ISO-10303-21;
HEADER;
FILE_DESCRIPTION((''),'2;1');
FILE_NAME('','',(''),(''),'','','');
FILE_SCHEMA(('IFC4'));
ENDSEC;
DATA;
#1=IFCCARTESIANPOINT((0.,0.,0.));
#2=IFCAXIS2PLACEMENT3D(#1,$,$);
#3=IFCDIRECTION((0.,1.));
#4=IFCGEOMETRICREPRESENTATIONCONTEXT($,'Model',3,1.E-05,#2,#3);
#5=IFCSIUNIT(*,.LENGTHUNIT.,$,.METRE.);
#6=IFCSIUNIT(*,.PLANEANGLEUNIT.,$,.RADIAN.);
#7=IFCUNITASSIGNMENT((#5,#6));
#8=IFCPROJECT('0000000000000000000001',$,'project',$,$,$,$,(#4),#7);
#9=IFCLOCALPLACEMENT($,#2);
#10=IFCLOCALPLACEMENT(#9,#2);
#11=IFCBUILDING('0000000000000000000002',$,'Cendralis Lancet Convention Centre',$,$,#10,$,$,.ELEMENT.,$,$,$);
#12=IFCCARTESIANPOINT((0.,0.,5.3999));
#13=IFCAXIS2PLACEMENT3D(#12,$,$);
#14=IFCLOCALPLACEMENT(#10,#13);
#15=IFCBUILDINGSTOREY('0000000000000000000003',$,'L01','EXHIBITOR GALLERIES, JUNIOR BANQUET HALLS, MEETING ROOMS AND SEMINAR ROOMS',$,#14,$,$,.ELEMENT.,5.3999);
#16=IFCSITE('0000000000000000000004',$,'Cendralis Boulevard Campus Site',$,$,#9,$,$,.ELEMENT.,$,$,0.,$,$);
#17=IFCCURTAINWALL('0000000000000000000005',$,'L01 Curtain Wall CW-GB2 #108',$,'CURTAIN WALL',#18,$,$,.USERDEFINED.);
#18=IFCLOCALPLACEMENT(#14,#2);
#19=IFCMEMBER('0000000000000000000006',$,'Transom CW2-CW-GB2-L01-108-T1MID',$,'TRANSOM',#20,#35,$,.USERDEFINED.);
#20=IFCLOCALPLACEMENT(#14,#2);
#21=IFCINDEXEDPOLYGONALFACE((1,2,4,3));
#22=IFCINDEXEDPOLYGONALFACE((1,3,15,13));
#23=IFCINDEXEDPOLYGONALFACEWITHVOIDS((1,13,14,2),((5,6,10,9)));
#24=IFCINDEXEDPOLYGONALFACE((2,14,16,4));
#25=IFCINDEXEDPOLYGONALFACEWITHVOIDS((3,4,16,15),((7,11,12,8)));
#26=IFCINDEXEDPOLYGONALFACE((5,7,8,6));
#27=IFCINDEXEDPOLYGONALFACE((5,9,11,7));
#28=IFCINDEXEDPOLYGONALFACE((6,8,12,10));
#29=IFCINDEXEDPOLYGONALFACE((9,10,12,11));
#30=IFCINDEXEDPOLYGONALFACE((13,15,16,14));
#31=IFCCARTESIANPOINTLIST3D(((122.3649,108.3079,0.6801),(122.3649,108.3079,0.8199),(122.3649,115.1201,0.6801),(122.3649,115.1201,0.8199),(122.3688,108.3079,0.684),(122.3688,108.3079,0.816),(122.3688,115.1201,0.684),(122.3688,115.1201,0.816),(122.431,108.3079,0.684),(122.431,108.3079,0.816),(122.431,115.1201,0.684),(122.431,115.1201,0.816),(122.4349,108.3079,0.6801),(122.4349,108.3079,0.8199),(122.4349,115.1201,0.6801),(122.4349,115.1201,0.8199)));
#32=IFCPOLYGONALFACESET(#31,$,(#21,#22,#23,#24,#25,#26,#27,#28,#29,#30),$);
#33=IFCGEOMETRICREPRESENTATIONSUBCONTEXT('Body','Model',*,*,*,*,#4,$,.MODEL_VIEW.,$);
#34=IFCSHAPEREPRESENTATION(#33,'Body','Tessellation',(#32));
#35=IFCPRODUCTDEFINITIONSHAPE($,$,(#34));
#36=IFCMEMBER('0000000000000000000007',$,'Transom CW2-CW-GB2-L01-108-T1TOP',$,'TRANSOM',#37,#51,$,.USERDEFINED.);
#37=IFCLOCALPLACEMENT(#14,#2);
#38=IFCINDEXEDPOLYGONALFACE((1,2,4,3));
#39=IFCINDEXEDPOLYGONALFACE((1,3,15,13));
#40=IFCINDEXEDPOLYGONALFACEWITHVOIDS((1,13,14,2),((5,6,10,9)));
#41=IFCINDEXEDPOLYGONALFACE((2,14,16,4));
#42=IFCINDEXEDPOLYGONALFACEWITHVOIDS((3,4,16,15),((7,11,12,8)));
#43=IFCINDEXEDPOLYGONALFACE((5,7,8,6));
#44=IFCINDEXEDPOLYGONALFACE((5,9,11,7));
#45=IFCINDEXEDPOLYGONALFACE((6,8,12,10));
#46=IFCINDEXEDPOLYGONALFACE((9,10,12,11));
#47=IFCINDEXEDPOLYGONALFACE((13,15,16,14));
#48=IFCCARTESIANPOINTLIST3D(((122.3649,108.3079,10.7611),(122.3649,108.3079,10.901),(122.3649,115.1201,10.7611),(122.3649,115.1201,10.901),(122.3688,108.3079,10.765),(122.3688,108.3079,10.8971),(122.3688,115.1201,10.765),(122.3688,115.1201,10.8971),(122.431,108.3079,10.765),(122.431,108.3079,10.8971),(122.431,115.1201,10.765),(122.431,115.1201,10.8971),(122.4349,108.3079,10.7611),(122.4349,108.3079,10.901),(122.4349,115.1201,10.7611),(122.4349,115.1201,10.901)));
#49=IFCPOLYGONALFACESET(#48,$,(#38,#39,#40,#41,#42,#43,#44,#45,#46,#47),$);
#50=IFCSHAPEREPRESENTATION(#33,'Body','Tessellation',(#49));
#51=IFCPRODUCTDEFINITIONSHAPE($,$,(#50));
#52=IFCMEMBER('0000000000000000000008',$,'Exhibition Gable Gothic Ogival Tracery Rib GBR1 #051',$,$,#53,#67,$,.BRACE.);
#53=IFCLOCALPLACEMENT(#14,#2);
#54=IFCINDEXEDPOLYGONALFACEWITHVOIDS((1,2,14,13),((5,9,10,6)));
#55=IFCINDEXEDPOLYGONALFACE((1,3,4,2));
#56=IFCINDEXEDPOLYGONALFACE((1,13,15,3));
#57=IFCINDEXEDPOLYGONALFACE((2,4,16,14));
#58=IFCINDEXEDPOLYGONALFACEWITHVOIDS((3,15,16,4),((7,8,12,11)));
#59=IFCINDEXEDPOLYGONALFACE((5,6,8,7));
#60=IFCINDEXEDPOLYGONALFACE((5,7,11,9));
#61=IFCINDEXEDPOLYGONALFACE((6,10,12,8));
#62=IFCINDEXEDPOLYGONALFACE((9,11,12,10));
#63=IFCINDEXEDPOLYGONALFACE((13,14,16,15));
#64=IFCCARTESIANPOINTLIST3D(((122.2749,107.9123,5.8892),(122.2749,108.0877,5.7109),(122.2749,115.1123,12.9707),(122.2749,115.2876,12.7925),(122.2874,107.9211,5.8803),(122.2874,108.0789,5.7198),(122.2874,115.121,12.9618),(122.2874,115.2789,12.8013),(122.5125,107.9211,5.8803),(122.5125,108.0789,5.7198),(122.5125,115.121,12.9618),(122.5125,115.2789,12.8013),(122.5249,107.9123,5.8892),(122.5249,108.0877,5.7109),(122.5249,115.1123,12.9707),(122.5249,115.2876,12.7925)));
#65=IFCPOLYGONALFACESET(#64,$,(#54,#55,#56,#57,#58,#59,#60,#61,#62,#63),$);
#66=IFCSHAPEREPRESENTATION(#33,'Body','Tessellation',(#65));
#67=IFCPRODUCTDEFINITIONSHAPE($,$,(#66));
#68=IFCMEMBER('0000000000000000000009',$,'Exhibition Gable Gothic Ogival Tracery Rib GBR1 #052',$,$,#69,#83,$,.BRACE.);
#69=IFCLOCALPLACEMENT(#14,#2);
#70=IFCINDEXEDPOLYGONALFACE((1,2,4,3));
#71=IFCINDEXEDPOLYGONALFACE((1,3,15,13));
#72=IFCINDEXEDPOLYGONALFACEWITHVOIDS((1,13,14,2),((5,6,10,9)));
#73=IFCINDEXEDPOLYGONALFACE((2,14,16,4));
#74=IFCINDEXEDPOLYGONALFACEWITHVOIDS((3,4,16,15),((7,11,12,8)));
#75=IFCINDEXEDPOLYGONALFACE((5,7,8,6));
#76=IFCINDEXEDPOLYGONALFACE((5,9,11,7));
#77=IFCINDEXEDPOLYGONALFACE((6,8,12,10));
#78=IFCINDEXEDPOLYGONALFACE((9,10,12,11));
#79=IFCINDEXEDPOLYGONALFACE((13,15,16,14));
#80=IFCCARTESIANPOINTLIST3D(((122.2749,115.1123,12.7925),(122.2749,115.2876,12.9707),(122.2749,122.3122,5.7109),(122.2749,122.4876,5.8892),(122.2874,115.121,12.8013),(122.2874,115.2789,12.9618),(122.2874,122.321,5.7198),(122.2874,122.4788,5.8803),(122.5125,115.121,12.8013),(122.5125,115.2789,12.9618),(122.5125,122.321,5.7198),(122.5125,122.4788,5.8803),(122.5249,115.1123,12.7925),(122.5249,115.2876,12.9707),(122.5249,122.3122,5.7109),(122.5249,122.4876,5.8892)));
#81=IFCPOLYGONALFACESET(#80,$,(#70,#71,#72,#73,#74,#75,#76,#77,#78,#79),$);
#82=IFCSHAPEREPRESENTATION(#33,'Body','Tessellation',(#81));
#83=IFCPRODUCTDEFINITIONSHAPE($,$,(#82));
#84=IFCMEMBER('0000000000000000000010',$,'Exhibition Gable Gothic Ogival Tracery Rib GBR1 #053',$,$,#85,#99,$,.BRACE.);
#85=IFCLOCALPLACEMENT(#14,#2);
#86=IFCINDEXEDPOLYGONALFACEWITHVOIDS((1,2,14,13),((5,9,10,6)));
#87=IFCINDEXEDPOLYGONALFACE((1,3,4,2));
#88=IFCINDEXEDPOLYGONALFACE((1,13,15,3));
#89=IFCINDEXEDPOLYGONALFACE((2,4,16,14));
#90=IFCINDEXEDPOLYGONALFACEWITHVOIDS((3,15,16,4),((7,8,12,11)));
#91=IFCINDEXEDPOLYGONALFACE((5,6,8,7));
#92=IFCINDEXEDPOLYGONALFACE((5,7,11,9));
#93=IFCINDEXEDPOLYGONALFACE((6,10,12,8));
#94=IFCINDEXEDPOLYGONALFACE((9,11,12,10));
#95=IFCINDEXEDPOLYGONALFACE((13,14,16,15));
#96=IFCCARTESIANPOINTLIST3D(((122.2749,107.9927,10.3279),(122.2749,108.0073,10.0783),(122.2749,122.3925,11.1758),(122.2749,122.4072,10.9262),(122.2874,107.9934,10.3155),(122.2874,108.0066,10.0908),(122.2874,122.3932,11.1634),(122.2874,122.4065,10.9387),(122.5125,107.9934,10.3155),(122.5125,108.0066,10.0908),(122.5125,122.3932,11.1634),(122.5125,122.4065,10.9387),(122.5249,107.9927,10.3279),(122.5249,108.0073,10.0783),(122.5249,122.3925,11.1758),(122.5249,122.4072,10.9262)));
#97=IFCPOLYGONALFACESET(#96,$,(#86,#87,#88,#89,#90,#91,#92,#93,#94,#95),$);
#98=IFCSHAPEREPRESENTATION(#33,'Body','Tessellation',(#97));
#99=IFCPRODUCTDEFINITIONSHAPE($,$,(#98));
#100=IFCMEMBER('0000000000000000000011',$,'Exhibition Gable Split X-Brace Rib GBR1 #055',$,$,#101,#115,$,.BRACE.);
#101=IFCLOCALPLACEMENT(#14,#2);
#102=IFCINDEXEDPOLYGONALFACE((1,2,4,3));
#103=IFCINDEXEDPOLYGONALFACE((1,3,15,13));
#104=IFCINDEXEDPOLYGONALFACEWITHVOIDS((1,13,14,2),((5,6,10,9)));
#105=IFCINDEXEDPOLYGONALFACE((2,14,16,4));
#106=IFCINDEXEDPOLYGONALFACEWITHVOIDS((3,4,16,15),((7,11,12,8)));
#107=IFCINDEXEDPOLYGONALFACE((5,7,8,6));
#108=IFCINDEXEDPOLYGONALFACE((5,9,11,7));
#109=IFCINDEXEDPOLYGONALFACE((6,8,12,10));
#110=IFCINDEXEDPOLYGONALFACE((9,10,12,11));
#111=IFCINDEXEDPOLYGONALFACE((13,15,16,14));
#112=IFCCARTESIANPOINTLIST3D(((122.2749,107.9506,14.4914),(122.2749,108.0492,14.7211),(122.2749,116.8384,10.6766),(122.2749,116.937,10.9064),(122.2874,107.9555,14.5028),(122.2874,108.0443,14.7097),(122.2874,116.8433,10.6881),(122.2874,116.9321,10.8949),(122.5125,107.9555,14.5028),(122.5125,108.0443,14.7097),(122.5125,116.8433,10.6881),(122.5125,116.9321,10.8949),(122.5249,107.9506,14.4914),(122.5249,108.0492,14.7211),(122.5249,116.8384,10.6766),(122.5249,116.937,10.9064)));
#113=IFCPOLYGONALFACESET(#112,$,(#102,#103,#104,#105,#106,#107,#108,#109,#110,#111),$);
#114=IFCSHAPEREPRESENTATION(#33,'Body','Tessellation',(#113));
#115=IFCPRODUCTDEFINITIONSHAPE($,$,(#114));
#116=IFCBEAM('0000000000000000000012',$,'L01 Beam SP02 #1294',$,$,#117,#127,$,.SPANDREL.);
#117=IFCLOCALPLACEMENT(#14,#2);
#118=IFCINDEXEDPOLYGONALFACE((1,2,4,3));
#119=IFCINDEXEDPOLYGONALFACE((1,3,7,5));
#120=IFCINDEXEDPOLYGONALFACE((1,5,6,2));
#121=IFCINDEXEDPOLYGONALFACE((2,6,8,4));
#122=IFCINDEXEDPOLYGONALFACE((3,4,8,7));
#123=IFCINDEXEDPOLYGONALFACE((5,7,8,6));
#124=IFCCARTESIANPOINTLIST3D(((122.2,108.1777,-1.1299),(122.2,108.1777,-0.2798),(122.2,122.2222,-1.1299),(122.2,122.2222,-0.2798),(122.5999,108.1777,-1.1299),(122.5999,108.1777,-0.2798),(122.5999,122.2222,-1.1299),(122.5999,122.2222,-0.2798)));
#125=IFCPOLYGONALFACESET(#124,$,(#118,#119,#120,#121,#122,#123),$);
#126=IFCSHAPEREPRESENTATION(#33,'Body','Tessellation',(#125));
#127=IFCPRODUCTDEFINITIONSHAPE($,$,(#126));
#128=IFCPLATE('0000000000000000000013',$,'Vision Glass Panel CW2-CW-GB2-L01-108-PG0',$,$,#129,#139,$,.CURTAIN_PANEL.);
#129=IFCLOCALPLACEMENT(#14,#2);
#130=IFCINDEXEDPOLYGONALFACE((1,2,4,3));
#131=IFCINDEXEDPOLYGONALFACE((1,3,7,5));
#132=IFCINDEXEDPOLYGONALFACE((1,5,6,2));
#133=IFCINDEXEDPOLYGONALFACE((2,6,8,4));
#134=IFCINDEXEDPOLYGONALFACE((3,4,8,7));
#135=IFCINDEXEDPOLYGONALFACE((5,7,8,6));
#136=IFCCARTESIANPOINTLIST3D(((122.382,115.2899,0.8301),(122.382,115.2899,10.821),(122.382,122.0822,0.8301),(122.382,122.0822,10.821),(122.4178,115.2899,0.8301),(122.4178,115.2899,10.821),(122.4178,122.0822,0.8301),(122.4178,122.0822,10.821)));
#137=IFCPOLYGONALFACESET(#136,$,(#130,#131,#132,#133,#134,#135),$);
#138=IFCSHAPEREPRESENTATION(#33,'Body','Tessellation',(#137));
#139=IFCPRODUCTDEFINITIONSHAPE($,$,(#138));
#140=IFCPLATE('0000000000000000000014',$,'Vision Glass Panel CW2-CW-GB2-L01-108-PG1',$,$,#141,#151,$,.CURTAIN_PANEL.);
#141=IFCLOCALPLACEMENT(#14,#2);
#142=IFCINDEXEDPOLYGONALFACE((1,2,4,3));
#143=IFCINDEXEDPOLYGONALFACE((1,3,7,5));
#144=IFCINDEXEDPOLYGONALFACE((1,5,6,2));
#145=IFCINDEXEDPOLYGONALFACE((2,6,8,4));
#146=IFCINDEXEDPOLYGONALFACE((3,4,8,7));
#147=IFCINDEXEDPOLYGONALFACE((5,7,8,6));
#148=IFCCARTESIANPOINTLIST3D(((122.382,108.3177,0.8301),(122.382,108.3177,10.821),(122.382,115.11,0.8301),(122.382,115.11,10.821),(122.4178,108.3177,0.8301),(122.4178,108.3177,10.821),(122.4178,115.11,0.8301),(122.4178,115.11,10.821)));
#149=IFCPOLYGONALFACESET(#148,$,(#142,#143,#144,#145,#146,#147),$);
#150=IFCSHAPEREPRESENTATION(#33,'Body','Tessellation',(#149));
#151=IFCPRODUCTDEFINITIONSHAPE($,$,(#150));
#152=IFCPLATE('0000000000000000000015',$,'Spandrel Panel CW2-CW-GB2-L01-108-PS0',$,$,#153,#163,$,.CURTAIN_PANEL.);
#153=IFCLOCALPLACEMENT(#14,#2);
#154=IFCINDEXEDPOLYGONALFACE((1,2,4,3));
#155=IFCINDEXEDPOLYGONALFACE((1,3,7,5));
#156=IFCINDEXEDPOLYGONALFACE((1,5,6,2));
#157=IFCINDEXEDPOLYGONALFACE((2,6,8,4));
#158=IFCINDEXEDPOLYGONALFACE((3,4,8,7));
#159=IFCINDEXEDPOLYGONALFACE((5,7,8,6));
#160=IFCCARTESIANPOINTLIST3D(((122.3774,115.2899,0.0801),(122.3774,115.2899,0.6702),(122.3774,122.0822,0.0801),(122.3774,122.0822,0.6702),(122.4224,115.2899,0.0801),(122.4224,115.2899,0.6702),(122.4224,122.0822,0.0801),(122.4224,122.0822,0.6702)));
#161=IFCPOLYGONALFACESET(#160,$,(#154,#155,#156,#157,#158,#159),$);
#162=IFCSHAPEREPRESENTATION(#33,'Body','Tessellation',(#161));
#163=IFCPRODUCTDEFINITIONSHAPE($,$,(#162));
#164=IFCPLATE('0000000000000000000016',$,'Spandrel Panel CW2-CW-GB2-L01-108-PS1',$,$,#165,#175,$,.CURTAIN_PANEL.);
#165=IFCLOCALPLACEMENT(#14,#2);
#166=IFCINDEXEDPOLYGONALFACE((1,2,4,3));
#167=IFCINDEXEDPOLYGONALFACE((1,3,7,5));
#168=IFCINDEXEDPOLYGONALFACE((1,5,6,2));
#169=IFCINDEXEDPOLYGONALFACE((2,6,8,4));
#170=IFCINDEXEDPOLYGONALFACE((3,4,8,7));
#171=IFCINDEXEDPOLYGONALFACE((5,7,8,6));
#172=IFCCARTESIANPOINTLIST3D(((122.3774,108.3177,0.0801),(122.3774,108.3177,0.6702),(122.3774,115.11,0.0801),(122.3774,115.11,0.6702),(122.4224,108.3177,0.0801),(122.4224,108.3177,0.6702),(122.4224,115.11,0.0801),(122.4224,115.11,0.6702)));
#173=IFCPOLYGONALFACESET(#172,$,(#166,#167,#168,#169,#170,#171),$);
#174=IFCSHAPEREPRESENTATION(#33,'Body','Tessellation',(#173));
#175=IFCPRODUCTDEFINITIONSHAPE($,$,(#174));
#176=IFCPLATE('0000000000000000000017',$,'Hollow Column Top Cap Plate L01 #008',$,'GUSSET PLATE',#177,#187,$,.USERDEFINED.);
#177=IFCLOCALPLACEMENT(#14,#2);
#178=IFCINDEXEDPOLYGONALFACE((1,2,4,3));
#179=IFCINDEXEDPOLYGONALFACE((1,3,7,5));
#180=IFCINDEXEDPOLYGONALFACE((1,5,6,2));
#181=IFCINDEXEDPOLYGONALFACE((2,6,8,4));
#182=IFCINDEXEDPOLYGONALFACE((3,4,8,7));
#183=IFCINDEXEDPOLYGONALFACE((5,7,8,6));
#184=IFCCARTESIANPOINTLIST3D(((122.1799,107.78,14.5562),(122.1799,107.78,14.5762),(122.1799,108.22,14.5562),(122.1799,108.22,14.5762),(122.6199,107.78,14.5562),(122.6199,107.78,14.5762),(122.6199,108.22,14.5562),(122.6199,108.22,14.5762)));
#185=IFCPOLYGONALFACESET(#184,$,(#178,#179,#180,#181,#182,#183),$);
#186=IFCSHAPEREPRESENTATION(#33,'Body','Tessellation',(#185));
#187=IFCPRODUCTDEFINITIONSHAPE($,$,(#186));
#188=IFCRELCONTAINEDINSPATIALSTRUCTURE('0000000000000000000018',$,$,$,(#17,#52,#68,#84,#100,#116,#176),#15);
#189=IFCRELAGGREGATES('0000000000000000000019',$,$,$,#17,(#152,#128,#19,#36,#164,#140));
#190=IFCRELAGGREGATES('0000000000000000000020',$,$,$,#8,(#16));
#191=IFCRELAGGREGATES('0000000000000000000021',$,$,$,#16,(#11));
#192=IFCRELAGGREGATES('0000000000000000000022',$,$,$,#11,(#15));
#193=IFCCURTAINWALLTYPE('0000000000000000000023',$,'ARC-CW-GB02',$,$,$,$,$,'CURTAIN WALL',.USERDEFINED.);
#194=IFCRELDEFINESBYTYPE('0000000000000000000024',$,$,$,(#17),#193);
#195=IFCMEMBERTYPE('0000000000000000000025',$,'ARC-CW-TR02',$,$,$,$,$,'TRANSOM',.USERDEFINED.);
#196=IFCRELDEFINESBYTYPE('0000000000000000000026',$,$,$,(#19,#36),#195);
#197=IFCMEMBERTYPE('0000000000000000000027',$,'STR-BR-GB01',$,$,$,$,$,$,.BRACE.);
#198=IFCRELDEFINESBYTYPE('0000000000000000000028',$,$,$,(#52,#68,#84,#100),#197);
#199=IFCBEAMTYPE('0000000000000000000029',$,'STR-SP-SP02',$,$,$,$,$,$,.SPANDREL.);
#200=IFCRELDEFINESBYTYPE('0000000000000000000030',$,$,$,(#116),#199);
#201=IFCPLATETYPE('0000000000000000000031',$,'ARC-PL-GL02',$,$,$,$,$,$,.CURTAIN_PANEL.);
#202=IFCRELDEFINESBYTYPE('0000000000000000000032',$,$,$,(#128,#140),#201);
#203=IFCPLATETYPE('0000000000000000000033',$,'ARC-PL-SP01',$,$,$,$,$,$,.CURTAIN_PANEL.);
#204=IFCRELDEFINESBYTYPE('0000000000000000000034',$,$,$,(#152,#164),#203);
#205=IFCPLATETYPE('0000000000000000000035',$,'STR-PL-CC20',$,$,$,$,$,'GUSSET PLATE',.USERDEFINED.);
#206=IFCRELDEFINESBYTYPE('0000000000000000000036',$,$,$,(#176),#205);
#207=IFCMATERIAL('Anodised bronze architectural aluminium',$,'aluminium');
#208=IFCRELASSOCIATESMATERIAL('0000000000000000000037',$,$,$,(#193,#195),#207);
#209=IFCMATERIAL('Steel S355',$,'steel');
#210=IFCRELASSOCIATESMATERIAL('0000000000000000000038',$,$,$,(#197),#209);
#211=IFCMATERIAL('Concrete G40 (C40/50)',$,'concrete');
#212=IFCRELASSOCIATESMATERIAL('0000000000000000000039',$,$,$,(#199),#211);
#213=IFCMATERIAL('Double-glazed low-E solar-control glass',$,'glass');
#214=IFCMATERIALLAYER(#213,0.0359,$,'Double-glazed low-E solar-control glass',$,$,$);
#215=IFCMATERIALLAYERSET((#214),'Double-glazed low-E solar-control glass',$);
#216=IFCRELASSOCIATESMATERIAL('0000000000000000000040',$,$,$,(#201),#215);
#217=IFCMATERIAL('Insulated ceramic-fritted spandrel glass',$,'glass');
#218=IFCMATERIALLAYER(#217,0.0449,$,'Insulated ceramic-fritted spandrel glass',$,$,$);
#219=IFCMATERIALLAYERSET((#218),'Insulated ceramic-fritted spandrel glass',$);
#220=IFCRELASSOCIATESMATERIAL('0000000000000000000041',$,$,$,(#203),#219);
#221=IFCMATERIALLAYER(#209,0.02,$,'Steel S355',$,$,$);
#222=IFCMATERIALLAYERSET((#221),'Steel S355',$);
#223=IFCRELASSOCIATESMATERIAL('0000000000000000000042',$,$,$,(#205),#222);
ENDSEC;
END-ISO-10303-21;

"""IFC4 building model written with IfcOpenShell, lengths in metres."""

from ifc_helpers import new_model, si_unit, direction, frame, origin, origin_2d, place, context, subcontext, project, spatial, rectangle, hollow_rectangle, extrude, material, layer, layer_set, material_profile, profile_set, type_object, element, aggregate, save


model = new_model("IFC4")

# Units and contexts
model_context = context("Model", 3, precision=1e-05, world=origin(), true_north=direction((0.0, 1.0)))
body_context = subcontext(model_context, "Body", "Model", "MODEL_VIEW")
ifc_project = project(units=[si_unit("LENGTHUNIT", "METRE"), si_unit("PLANEANGLEUNIT", "RADIAN")], contexts=[model_context])

# Site, building, storey
site_placement = place(None, origin())
site = spatial("IfcSite", under=ifc_project, at=site_placement, Name="Cendralis Boulevard Campus Site", CompositionType="ELEMENT", RefElevation=0.0)
building_placement = place(site_placement, origin())
building = spatial("IfcBuilding", under=site, at=building_placement, Name="Cendralis Lancet Convention Centre", CompositionType="ELEMENT")
storey_placement = place(building_placement, frame((0.0, 0.0, 5.3999)))
storey = spatial("IfcBuildingStorey", under=building, at=storey_placement, Name="L01", Description="EXHIBITOR GALLERIES, JUNIOR BANQUET HALLS, MEETING ROOMS AND SEMINAR ROOMS", CompositionType="ELEMENT", Elevation=5.3999)

# Shared definitions
ifc_material_1 = material(Name="Steel S355", Category="steel")

# Curtain wall, members
ifc_material_2 = material(Name="Anodised bronze architectural aluminium", Category="aluminium")
curtain_wall_type = type_object("IfcCurtainWallType", Name="ARC-CW-GB02", ElementType="CURTAIN WALL", PredefinedType="USERDEFINED", material=ifc_material_2)
curtain_wall_placement = place(storey_placement, origin())
curtain_wall = element("IfcCurtainWall", 1, at=curtain_wall_placement, inside=storey, type_object=curtain_wall_type, Name="L01 Curtain Wall CW-GB2 #108", ObjectType="CURTAIN WALL", PredefinedType="USERDEFINED")
ifc_material_profile_1 = material_profile(ifc_material_2, hollow_rectangle(XDim=0.0701, YDim=0.1399, WallThickness=0.0039, at=origin_2d()), Name="AL-TRAN 70x140x4.0")
ifc_profile_set_1 = profile_set([ifc_material_profile_1], Name="Anodised bronze architectural aluminium")
member_type_1 = type_object("IfcMemberType", Name="ARC-CW-TR02", ElementType="TRANSOM", PredefinedType="USERDEFINED", material=ifc_profile_set_1)
member_1_placement = place(storey_placement, frame((122.3999, 115.1201, 0.75), z_axis=(0.0, -1.0, 0.0), x_axis=(1.0, 0.0, 0.0)))
member_1 = element("IfcMember", 2, at=member_1_placement, type_object=member_type_1, Name="Transom CW2-CW-GB2-L01-108-T1MID", ObjectType="TRANSOM", PredefinedType="USERDEFINED", context=body_context, shape_type="SweptSolid", body=[
    extrude(hollow_rectangle(XDim=0.0701, YDim=0.1399, WallThickness=0.0039, at=origin_2d()), origin(), (0.0, 0.0, 1.0), 6.8123),
])
member_2_placement = place(storey_placement, frame((122.3999, 115.1201, 10.8311), z_axis=(0.0, -1.0, 0.0), x_axis=(1.0, 0.0, 0.0)))
member_2 = element("IfcMember", 3, at=member_2_placement, type_object=member_type_1, Name="Transom CW2-CW-GB2-L01-108-T1TOP", ObjectType="TRANSOM", PredefinedType="USERDEFINED", context=body_context, shape_type="SweptSolid", body=[
    extrude(hollow_rectangle(XDim=0.0701, YDim=0.1399, WallThickness=0.0039, at=origin_2d()), origin(), (0.0, 0.0, 1.0), 6.8123),
])

# Members
ifc_material_profile_2 = material_profile(ifc_material_1, hollow_rectangle(XDim=0.25, YDim=0.25, WallThickness=0.0125, at=origin_2d()), Name="SHS 250x250x12.5")
ifc_profile_set_2 = profile_set([ifc_material_profile_2], Name="Steel S355")
member_type_2 = type_object("IfcMemberType", Name="STR-BR-GB01", PredefinedType="BRACE", material=ifc_profile_set_2)
for number, where, z_axis, x_axis, name in (
    (4, (122.3999, 108.0, 5.8), (0.0, 0.712945, 0.70122), (-1.0, 0.0, 0.0), "Exhibition Gable Gothic Ogival Tracery Rib GBR1 #051"),
    (5, (122.3999, 122.3999, 5.8), (0.0, -0.712945, 0.70122), (1.0, 0.0, 0.0), "Exhibition Gable Gothic Ogival Tracery Rib GBR1 #052"),
):
    element("IfcMember", number, at=place(storey_placement, frame(where, z_axis=z_axis, x_axis=x_axis)), inside=storey, type_object=member_type_2, Name=name, PredefinedType="BRACE", context=body_context, shape_type="SweptSolid", body=[
        extrude(hollow_rectangle(XDim=0.25, YDim=0.25, WallThickness=0.0125, at=origin_2d()), origin(), (0.0, 0.0, 1.0), 10.0989),
    ])
member_3_placement = place(storey_placement, frame((122.3999, 108.0, 10.2031), z_axis=(0.0, 0.998271, 0.058781), x_axis=(-1.0, 0.0, 0.0)))
element("IfcMember", 6, at=member_3_placement, inside=storey, type_object=member_type_2, Name="Exhibition Gable Gothic Ogival Tracery Rib GBR1 #053", PredefinedType="BRACE", context=body_context, shape_type="SweptSolid", body=[
    extrude(hollow_rectangle(XDim=0.25, YDim=0.25, WallThickness=0.0125, at=origin_2d()), origin(), (0.0, 0.0, 1.0), 14.4248),
])
member_4_placement = place(storey_placement, frame((122.3999, 116.8877, 10.7915), z_axis=(0.0, -0.918932, 0.394416), x_axis=(1.0, 0.0, 0.0)))
element("IfcMember", 7, at=member_4_placement, inside=storey, type_object=member_type_2, Name="Exhibition Gable Split X-Brace Rib GBR1 #055", PredefinedType="BRACE", context=body_context, shape_type="SweptSolid", body=[
    extrude(hollow_rectangle(XDim=0.25, YDim=0.25, WallThickness=0.0125, at=origin_2d()), origin(), (0.0, 0.0, 1.0), 9.6719),
])

# Beam
ifc_material_3 = material(Name="Concrete G40 (C40/50)", Category="concrete")
ifc_material_profile_3 = material_profile(ifc_material_3, rectangle(XDim=0.3999, YDim=0.8501, at=origin_2d()), Name="RCB 400x850")
ifc_profile_set_3 = profile_set([ifc_material_profile_3], Name="Concrete G40 (C40/50)")
beam_type = type_object("IfcBeamType", Name="STR-SP-SP02", PredefinedType="SPANDREL", material=ifc_profile_set_3)
beam_placement = place(storey_placement, frame((122.3999, 108.1777, -0.7048), z_axis=(0.0, 1.0, 0.0), x_axis=(-1.0, 0.0, 0.0)))
element("IfcBeam", 8, at=beam_placement, inside=storey, type_object=beam_type, Name="L01 Beam SP02 #1294", PredefinedType="SPANDREL", context=body_context, shape_type="SweptSolid", body=[
    extrude(rectangle(XDim=0.3999, YDim=0.8501, at=origin_2d()), origin(), (0.0, 0.0, 1.0), 14.0444),
])

# Plates
ifc_material_4 = material(Name="Double-glazed low-E solar-control glass", Category="glass")
ifc_layer_1 = layer(ifc_material_4, 0.0359, Name="Double-glazed low-E solar-control glass")
ifc_layer_set_1 = layer_set([ifc_layer_1], Name="Double-glazed low-E solar-control glass")
plate_type_1 = type_object("IfcPlateType", Name="ARC-PL-GL02", PredefinedType="CURTAIN_PANEL", material=ifc_layer_set_1)
plate_1_placement = place(storey_placement, frame((122.3999, 118.686, 0.8301), z_axis=(0.0, 0.0, 1.0), x_axis=(0.0, -1.0, 0.0)))
plate_1 = element("IfcPlate", 9, at=plate_1_placement, type_object=plate_type_1, Name="Vision Glass Panel CW2-CW-GB2-L01-108-PG0", PredefinedType="CURTAIN_PANEL", context=body_context, shape_type="SweptSolid", body=[
    extrude(rectangle(XDim=6.7922, YDim=0.0359, at=origin_2d()), origin(), (0.0, 0.0, 1.0), 9.991),
])
plate_2_placement = place(storey_placement, frame((122.3999, 111.7139, 0.8301), z_axis=(0.0, 0.0, 1.0), x_axis=(0.0, -1.0, 0.0)))
plate_2 = element("IfcPlate", 10, at=plate_2_placement, type_object=plate_type_1, Name="Vision Glass Panel CW2-CW-GB2-L01-108-PG1", PredefinedType="CURTAIN_PANEL", context=body_context, shape_type="SweptSolid", body=[
    extrude(rectangle(XDim=6.7922, YDim=0.0359, at=origin_2d()), origin(), (0.0, 0.0, 1.0), 9.991),
])
ifc_material_5 = material(Name="Insulated ceramic-fritted spandrel glass", Category="glass")
ifc_layer_2 = layer(ifc_material_5, 0.0449, Name="Insulated ceramic-fritted spandrel glass")
ifc_layer_set_2 = layer_set([ifc_layer_2], Name="Insulated ceramic-fritted spandrel glass")
plate_type_2 = type_object("IfcPlateType", Name="ARC-PL-SP01", PredefinedType="CURTAIN_PANEL", material=ifc_layer_set_2)
plate_3_placement = place(storey_placement, frame((122.3999, 118.686, 0.0801), z_axis=(0.0, 0.0, 1.0), x_axis=(0.0, -1.0, 0.0)))
plate_3 = element("IfcPlate", 11, at=plate_3_placement, type_object=plate_type_2, Name="Spandrel Panel CW2-CW-GB2-L01-108-PS0", PredefinedType="CURTAIN_PANEL", context=body_context, shape_type="SweptSolid", body=[
    extrude(rectangle(XDim=6.7922, YDim=0.0449, at=origin_2d()), origin(), (0.0, 0.0, 1.0), 0.5901),
])
plate_4_placement = place(storey_placement, frame((122.3999, 111.7139, 0.0801), z_axis=(0.0, 0.0, 1.0), x_axis=(0.0, -1.0, 0.0)))
plate_4 = element("IfcPlate", 12, at=plate_4_placement, type_object=plate_type_2, Name="Spandrel Panel CW2-CW-GB2-L01-108-PS1", PredefinedType="CURTAIN_PANEL", context=body_context, shape_type="SweptSolid", body=[
    extrude(rectangle(XDim=6.7922, YDim=0.0449, at=origin_2d()), origin(), (0.0, 0.0, 1.0), 0.5901),
])
aggregate(curtain_wall, [plate_3, plate_1, member_1, member_2, plate_4, plate_2])

# Plate
ifc_layer_3 = layer(ifc_material_1, 0.02, Name="Steel S355")
ifc_layer_set_3 = layer_set([ifc_layer_3], Name="Steel S355")
plate_type_3 = type_object("IfcPlateType", Name="STR-PL-CC20", ElementType="GUSSET PLATE", PredefinedType="USERDEFINED", material=ifc_layer_set_3)
plate_5_placement = place(storey_placement, frame((122.3999, 108.0, 14.5562), z_axis=(0.0, 0.0, 1.0), x_axis=(1.0, 0.0, 0.0)))
element("IfcPlate", 13, at=plate_5_placement, inside=storey, type_object=plate_type_3, Name="Hollow Column Top Cap Plate L01 #008", ObjectType="GUSSET PLATE", PredefinedType="USERDEFINED", context=body_context, shape_type="SweptSolid", body=[
    extrude(rectangle(XDim=0.4399, YDim=0.4399, at=origin_2d()), origin(), (0.0, 0.0, 1.0), 0.02),
])

save(model, "model.ifc")
